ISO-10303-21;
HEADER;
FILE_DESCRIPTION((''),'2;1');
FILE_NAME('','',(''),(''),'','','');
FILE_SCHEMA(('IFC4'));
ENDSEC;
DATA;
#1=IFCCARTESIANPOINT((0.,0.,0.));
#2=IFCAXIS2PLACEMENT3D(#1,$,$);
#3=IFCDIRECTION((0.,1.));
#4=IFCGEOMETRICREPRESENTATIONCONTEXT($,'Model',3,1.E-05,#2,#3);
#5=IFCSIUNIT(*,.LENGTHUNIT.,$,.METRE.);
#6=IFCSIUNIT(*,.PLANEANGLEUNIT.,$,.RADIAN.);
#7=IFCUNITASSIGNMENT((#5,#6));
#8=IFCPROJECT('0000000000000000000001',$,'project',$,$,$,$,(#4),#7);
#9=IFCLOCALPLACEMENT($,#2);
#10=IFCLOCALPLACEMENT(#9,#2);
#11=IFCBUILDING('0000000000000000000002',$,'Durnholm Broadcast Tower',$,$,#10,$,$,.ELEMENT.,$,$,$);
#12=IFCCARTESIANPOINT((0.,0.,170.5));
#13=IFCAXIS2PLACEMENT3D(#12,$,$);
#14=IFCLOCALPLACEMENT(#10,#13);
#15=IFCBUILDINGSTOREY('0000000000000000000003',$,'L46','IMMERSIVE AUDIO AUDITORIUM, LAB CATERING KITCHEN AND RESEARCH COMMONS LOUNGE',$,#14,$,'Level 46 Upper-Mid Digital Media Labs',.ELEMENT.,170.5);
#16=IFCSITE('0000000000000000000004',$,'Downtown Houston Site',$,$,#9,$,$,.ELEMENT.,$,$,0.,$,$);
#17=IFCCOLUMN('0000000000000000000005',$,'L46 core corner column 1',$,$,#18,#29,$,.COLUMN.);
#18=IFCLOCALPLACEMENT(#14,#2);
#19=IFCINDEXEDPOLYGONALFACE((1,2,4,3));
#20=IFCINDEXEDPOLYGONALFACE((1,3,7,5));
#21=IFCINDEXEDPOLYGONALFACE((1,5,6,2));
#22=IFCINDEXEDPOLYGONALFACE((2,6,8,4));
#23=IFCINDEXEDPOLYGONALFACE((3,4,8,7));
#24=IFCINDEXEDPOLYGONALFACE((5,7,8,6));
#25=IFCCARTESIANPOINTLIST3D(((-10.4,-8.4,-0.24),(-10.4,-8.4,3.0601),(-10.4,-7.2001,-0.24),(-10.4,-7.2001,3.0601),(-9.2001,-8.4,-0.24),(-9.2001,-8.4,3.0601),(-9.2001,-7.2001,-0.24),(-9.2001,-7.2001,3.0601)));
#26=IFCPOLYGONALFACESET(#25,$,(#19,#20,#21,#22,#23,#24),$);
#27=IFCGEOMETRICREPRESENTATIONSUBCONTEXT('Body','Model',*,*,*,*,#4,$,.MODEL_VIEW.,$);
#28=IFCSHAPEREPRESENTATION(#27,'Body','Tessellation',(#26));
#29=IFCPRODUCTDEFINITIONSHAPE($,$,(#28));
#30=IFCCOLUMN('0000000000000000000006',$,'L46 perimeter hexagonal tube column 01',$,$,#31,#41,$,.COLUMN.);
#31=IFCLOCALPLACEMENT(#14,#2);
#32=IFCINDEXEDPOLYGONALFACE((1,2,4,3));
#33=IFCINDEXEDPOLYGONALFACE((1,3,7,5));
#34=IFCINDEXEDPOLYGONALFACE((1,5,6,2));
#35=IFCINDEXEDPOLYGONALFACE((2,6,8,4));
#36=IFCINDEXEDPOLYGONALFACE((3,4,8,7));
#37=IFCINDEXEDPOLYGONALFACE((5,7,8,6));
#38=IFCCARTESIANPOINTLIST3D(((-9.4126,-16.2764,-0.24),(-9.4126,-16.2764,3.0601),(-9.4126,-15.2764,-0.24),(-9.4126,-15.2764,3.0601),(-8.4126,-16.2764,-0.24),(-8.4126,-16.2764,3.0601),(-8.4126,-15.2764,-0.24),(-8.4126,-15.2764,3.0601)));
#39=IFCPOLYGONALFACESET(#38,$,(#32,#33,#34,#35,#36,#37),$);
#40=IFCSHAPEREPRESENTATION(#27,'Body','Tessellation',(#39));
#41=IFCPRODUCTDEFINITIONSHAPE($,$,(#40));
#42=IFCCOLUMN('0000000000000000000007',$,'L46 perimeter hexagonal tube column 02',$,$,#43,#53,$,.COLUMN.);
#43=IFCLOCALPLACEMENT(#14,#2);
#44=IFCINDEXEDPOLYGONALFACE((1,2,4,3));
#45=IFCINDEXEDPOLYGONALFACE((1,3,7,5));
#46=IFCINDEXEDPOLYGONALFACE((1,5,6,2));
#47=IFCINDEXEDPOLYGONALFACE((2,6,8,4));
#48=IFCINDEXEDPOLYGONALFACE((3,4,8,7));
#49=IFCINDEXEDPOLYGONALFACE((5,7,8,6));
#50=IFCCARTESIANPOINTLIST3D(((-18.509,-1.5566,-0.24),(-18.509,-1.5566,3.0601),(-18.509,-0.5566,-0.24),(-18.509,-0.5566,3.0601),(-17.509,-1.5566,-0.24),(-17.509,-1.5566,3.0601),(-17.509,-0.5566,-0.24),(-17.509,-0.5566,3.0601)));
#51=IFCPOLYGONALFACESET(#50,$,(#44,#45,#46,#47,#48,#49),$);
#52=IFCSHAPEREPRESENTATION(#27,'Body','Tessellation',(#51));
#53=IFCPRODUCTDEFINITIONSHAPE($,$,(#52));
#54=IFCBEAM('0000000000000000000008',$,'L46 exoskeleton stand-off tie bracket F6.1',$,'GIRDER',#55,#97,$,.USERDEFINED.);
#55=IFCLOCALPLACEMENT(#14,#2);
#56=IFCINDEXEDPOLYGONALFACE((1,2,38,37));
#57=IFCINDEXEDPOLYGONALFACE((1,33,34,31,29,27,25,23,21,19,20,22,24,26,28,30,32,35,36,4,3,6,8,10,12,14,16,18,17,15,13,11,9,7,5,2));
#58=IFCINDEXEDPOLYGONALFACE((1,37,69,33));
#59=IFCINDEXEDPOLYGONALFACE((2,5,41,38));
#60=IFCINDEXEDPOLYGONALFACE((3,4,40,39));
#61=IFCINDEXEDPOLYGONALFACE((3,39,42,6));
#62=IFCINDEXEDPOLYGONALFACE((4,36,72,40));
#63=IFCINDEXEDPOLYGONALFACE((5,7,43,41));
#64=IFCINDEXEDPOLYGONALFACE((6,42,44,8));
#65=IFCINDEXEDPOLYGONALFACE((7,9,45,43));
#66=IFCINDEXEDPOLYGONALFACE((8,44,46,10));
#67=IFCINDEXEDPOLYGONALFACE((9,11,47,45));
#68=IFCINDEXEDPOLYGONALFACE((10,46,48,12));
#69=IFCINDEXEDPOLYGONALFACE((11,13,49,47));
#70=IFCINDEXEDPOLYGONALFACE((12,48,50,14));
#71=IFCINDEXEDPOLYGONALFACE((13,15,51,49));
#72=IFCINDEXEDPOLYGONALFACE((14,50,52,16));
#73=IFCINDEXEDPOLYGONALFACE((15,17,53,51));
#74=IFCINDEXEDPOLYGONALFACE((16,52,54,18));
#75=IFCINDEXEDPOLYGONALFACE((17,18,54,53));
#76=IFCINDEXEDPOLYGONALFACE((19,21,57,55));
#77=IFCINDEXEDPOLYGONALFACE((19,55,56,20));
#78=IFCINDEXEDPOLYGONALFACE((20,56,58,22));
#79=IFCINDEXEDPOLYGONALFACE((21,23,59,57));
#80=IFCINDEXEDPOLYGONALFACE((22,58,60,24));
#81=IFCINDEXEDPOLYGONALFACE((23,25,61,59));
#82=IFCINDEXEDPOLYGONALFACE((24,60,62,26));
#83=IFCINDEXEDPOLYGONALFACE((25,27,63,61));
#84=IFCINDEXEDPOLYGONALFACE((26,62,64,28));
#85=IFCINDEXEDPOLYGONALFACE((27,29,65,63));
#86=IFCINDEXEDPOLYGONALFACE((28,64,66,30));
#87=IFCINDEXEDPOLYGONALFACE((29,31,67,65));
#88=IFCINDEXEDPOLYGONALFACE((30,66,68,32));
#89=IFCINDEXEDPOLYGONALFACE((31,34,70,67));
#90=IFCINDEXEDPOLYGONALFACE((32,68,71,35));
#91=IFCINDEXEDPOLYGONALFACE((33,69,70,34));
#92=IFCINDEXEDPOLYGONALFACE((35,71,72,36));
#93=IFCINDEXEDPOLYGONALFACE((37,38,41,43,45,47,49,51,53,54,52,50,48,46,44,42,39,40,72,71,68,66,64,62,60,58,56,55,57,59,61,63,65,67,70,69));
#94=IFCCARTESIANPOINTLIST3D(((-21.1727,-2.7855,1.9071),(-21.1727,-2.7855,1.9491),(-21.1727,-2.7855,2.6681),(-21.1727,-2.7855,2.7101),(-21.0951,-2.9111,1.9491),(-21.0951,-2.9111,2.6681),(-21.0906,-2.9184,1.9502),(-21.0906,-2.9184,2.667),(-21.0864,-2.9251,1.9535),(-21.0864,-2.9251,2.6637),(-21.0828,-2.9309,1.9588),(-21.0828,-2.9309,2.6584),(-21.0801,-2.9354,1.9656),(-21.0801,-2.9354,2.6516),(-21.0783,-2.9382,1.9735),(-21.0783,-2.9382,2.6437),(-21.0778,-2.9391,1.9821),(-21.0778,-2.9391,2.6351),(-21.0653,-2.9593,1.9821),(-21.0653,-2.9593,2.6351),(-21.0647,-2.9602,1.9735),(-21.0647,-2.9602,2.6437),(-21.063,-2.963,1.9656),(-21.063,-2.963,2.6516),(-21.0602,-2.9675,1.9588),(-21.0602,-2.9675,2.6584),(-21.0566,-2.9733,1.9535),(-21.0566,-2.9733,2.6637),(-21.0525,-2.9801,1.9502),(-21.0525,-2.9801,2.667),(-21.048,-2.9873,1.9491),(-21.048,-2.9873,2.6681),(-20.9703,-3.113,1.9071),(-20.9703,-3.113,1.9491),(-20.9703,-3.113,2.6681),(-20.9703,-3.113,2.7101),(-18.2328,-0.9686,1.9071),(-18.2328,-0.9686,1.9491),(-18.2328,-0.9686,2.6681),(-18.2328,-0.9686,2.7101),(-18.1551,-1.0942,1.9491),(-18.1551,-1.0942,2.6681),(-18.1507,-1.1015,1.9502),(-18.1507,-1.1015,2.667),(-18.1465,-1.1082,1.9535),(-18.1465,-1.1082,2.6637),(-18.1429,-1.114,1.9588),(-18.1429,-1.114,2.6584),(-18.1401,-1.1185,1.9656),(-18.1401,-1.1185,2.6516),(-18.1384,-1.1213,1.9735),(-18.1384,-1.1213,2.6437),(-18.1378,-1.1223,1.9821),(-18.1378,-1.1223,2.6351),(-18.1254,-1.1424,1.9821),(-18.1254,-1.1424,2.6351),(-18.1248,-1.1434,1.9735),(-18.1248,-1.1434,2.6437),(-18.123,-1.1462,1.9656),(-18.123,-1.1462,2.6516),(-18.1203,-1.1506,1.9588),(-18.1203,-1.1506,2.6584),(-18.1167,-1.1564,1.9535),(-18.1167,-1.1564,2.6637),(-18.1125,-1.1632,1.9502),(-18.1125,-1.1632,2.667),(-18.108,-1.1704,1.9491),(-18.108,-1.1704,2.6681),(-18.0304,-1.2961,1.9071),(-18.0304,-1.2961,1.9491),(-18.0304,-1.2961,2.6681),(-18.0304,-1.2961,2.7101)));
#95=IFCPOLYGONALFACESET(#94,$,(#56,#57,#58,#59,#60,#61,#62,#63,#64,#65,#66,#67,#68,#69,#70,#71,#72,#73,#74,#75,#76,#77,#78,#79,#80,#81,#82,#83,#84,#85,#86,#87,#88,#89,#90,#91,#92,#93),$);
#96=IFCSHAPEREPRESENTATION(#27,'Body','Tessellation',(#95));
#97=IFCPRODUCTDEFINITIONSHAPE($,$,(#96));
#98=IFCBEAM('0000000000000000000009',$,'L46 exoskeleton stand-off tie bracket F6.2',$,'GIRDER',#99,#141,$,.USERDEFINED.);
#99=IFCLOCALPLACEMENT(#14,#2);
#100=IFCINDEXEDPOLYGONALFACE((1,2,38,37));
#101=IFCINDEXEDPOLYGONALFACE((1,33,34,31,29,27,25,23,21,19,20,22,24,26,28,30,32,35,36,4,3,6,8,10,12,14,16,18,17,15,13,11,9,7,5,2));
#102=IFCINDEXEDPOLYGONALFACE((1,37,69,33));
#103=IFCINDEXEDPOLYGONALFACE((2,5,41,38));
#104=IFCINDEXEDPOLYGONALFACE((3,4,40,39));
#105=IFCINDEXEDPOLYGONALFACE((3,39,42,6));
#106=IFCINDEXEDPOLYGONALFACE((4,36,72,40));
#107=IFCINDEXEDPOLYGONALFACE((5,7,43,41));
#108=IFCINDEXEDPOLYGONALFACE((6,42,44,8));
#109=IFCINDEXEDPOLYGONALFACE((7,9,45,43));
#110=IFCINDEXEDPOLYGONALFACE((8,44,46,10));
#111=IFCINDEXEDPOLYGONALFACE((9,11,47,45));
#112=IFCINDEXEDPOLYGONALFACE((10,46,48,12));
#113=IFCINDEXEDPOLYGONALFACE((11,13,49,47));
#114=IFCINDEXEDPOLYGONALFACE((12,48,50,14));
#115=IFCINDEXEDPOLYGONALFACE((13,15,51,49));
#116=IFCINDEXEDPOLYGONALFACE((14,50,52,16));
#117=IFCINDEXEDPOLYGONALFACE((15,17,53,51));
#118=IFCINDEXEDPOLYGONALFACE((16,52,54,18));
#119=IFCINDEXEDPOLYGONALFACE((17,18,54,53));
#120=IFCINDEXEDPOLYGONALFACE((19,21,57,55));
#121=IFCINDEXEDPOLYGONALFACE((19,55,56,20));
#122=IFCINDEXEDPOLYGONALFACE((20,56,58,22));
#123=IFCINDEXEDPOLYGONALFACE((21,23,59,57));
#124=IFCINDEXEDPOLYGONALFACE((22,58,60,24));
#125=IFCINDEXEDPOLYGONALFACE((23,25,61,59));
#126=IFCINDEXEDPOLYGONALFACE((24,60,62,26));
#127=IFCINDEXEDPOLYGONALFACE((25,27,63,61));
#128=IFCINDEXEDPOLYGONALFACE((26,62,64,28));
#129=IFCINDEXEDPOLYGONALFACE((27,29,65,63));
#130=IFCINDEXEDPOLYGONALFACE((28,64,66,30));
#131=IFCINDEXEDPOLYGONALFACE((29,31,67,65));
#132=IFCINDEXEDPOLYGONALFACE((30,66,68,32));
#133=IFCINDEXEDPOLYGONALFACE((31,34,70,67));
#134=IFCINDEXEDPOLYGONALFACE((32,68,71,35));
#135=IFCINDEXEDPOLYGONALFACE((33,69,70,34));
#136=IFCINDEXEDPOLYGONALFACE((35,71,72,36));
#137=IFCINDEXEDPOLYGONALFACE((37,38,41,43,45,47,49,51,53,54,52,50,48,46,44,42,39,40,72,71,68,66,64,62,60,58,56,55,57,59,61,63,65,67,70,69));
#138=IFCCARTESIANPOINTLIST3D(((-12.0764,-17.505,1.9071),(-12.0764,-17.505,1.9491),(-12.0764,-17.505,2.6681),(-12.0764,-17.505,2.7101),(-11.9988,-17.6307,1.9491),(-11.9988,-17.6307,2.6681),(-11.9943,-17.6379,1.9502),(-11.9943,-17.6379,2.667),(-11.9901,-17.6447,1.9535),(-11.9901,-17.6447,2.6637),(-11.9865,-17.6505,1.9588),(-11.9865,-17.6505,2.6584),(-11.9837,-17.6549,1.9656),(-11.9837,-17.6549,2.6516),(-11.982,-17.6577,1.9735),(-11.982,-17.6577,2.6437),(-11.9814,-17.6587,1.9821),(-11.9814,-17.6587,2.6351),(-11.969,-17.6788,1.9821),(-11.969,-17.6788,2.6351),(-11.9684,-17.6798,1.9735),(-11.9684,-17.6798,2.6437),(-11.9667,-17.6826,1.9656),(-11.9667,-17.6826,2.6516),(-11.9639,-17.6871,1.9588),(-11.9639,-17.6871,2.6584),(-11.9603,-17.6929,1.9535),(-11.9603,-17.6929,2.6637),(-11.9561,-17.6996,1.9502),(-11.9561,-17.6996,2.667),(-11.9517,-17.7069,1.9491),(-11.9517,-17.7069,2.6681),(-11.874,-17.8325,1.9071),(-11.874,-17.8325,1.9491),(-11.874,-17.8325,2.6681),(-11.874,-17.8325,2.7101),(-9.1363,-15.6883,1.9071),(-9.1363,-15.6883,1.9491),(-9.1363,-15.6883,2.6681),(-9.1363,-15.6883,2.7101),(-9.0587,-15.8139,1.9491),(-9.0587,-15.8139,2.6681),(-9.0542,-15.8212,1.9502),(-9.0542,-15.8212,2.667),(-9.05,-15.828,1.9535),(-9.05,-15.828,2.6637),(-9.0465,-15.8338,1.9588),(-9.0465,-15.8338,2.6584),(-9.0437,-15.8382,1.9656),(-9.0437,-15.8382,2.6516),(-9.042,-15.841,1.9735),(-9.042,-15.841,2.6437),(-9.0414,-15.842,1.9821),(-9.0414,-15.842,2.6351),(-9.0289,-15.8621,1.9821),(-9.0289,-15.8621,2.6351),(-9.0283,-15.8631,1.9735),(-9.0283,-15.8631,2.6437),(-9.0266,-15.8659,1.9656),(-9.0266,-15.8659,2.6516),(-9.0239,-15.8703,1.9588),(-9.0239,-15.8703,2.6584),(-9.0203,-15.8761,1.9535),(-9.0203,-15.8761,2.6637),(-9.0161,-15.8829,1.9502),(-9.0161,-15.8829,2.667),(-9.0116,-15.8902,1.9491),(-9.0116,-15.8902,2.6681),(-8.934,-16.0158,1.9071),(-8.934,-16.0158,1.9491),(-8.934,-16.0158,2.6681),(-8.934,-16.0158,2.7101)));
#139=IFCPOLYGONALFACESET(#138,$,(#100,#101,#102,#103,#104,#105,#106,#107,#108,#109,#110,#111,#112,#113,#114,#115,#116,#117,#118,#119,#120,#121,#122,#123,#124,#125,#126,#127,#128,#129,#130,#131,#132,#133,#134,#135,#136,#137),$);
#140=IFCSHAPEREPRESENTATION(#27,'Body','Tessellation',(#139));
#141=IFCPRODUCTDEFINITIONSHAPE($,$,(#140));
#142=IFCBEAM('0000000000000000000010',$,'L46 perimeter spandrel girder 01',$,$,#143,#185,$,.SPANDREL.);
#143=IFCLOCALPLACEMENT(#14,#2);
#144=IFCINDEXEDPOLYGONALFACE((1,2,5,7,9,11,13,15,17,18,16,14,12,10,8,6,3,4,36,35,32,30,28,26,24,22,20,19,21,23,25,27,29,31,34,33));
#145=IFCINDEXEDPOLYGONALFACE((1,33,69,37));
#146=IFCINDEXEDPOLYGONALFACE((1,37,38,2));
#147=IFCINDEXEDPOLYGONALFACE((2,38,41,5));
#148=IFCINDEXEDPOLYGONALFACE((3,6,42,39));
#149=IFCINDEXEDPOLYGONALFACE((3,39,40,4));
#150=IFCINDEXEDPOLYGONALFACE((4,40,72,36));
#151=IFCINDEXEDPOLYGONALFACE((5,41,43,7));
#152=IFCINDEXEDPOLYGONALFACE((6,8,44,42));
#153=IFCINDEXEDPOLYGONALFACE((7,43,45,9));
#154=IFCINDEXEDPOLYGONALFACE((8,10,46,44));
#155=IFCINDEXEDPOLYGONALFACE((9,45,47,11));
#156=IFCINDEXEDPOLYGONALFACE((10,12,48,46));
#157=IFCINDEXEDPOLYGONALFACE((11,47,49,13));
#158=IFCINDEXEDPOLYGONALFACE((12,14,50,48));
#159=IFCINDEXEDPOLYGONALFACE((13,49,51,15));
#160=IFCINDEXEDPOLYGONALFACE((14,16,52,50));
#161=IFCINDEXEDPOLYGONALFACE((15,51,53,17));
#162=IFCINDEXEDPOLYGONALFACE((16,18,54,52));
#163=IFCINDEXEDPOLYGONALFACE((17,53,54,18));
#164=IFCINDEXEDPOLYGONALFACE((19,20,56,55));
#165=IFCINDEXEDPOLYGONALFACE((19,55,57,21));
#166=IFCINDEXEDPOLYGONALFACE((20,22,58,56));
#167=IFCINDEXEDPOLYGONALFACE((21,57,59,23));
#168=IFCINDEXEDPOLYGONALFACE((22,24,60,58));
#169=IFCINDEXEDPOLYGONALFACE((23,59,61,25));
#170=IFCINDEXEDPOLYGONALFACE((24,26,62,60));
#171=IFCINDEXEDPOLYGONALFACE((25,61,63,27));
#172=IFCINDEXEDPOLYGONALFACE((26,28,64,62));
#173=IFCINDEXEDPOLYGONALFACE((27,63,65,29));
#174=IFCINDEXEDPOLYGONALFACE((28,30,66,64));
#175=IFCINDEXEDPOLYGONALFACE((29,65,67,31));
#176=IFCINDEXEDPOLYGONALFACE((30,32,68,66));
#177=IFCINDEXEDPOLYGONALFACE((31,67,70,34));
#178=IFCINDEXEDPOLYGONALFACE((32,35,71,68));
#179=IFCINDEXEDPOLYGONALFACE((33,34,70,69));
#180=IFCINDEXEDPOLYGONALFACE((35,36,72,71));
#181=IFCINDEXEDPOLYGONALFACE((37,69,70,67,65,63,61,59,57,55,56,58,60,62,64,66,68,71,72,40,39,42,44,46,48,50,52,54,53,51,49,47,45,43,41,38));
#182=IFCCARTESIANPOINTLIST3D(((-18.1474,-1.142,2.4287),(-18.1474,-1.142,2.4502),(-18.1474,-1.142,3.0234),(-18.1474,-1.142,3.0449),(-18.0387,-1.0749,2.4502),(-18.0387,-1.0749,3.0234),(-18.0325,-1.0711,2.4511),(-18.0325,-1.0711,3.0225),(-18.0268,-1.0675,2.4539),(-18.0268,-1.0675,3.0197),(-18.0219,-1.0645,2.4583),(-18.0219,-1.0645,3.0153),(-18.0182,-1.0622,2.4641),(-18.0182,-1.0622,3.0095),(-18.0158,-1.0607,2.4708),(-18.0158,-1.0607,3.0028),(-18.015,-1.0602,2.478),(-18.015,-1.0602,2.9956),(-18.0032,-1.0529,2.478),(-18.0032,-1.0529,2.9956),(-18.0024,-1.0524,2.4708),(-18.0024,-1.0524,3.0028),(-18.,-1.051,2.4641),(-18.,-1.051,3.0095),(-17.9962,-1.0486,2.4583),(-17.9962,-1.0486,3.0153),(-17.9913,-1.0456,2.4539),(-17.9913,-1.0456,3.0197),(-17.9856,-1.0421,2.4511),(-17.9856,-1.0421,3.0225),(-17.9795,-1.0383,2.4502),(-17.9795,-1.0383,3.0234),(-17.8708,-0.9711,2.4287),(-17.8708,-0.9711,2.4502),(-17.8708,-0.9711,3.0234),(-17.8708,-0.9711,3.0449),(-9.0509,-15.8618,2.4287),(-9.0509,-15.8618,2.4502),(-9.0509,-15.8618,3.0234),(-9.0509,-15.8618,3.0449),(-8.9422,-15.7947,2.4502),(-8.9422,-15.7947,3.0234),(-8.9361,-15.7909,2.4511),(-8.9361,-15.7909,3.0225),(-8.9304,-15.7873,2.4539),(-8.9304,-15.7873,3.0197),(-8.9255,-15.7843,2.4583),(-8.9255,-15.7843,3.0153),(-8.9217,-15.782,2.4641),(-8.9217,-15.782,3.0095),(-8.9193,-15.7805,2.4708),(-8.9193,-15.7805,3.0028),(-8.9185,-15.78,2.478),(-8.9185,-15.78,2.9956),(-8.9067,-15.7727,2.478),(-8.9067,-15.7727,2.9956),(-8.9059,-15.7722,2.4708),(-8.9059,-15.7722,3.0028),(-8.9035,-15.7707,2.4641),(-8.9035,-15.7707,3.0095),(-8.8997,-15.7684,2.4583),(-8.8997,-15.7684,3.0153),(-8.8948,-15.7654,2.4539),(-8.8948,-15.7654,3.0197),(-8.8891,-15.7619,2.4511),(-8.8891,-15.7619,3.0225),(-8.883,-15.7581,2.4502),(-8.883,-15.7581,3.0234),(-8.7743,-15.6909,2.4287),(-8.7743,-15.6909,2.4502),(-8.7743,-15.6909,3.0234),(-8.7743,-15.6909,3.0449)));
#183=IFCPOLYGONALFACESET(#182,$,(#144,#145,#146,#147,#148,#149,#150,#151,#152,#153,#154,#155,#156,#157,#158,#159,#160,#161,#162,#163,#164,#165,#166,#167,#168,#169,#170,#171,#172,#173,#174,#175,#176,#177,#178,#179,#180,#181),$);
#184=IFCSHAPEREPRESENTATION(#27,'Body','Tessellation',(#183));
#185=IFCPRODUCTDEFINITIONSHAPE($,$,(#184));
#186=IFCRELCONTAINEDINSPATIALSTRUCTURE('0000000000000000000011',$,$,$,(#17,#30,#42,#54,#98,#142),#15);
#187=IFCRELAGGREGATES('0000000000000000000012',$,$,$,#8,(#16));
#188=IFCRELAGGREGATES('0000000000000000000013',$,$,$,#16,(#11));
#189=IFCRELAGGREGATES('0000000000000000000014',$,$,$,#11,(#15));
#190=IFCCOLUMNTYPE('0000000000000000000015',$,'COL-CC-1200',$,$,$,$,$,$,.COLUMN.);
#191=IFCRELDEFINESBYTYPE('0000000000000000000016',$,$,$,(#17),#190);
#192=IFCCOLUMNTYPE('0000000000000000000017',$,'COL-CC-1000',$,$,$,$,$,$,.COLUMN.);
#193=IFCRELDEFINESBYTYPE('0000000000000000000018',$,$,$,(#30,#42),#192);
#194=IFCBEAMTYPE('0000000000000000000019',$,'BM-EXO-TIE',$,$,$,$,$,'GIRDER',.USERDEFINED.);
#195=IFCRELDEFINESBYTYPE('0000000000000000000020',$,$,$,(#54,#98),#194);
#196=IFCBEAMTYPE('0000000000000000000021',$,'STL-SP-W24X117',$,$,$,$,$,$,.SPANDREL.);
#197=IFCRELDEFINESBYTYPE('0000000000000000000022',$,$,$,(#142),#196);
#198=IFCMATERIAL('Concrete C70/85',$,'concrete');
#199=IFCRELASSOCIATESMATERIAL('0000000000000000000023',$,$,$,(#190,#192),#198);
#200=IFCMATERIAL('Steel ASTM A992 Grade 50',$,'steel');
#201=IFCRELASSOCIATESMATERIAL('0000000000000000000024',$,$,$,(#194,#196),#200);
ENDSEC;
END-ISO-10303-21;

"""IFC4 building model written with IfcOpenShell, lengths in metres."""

from ifc_helpers import new_model, si_unit, direction, frame, origin, origin_2d, place, context, subcontext, project, spatial, rectangle, i_section, extrude, source, transform, mapped, material, material_profile, profile_set, type_object, type_shapes, element, save


model = new_model("IFC4")

# Units and contexts
model_context = context("Model", 3, precision=1e-05, world=origin(), true_north=direction((0.0, 1.0)))
body_context = subcontext(model_context, "Body", "Model", "MODEL_VIEW")
ifc_project = project(units=[si_unit("LENGTHUNIT", "METRE"), si_unit("PLANEANGLEUNIT", "RADIAN")], contexts=[model_context])

# Site, building, storey
site_placement = place(None, origin())
site = spatial("IfcSite", under=ifc_project, at=site_placement, Name="Downtown Houston Site", CompositionType="ELEMENT", RefElevation=0.0)
building_placement = place(site_placement, origin())
building = spatial("IfcBuilding", under=site, at=building_placement, Name="Durnholm Broadcast Tower", CompositionType="ELEMENT")
storey_placement = place(building_placement, frame((0.0, 0.0, 170.5)))
storey = spatial("IfcBuildingStorey", under=building, at=storey_placement, Name="L46", Description="IMMERSIVE AUDIO AUDITORIUM, LAB CATERING KITCHEN AND RESEARCH COMMONS LOUNGE", LongName="Level 46 Upper-Mid Digital Media Labs", CompositionType="ELEMENT", Elevation=170.5)

# Columns
ifc_material_1 = material(Name="Concrete C70/85", Category="concrete")
ifc_material_profile_1 = material_profile(ifc_material_1, rectangle(XDim=1.2, YDim=1.2, at=origin_2d()), Name="RC1200X1200")
ifc_profile_set_1 = profile_set([ifc_material_profile_1], Name="Concrete C70/85")
column_type_1 = type_object("IfcColumnType", Name="COL-CC-1200", PredefinedType="COLUMN", material=ifc_profile_set_1)
shared_shape_1 = source(origin(), body_context, "Body", "SweptSolid", [
    extrude(rectangle(XDim=1.2, YDim=1.2, at=origin_2d()), origin(), (0.0, 0.0, 1.0), 3.3),
])
type_shapes(column_type_1, [shared_shape_1])
column_placement = place(storey_placement, frame((-9.8, -7.8, -0.24), z_axis=(0.0, 0.0, 1.0), x_axis=(1.0, 0.0, 0.0)))
element("IfcColumn", 1, at=column_placement, inside=storey, type_object=column_type_1, Name="L46 core corner column 1", PredefinedType="COLUMN", context=body_context, shape_type="MappedRepresentation", body=[
    mapped(shared_shape_1, transform((0.0, 0.0, 0.0), x_axis=(1.0, 0.0, 0.0), y_axis=(0.0, 1.0, 0.0), z_axis=(0.0, 0.0, 1.0), scale=1.0)),
])
ifc_material_profile_2 = material_profile(ifc_material_1, rectangle(XDim=1.0, YDim=1.0, at=origin_2d()), Name="RC1000X1000")
ifc_profile_set_2 = profile_set([ifc_material_profile_2], Name="Concrete C70/85")
column_type_2 = type_object("IfcColumnType", Name="COL-CC-1000", PredefinedType="COLUMN", material=ifc_profile_set_2)
shared_shape_2 = source(origin(), body_context, "Body", "SweptSolid", [
    extrude(rectangle(XDim=1.0, YDim=1.0, at=origin_2d()), origin(), (0.0, 0.0, 1.0), 3.3),
])
type_shapes(column_type_2, [shared_shape_2])
for number, where, z_axis, x_axis, name in (
    (2, (-8.9126, -15.7764, -0.24), (0.0, 0.0, 1.0), (1.0, 0.0, 0.0), "L46 perimeter hexagonal tube column 01"),
    (3, (-18.009, -1.0566, -0.24), (0.0, 0.0, 1.0), (1.0, 0.0, 0.0), "L46 perimeter hexagonal tube column 02"),
):
    element("IfcColumn", number, at=place(storey_placement, frame(where, z_axis=z_axis, x_axis=x_axis)), inside=storey, type_object=column_type_2, Name=name, PredefinedType="COLUMN", context=body_context, shape_type="MappedRepresentation", body=[
        mapped(shared_shape_2, transform((0.0, 0.0, 0.0), x_axis=(1.0, 0.0, 0.0), y_axis=(0.0, 1.0, 0.0), z_axis=(0.0, 0.0, 1.0), scale=1.0)),
    ])

# Beams
ifc_material_2 = material(Name="Steel ASTM A992 Grade 50", Category="steel")
ifc_material_profile_3 = material_profile(ifc_material_2, i_section(OverallWidth=0.385, OverallDepth=0.803, WebThickness=0.0237, FlangeThickness=0.042, FilletRadius=0.033, at=origin_2d()), Name="W30X261")
ifc_profile_set_3 = profile_set([ifc_material_profile_3], Name="Steel ASTM A992 Grade 50")
beam_type_1 = type_object("IfcBeamType", Name="BM-EXO-TIE", ElementType="GIRDER", PredefinedType="USERDEFINED", material=ifc_profile_set_3)
shared_shape_3 = source(origin(), body_context, "Body", "SweptSolid", [
    extrude(i_section(OverallWidth=0.385, OverallDepth=0.803, WebThickness=0.0237, FlangeThickness=0.042, FilletRadius=0.033, at=origin_2d()), origin(), (0.0, 0.0, 1.0), 3.4561),
])
for number, where, z_axis, x_axis, name in (
    (4, (-18.1316, -1.1323, 2.3086), (-0.850662, -0.525712, 0.0), (0.525712, -0.850662, 0.0), "L46 exoskeleton stand-off tie bracket F6.1"),
    (5, (-9.0352, -15.8521, 2.3086), (-0.850694, -0.525661, 0.0), (0.525661, -0.850694, 0.0), "L46 exoskeleton stand-off tie bracket F6.2"),
):
    element("IfcBeam", number, at=place(storey_placement, frame(where, z_axis=z_axis, x_axis=x_axis)), inside=storey, type_object=beam_type_1, Name=name, ObjectType="GIRDER", PredefinedType="USERDEFINED", context=body_context, shape_type="MappedRepresentation", body=[
        mapped(shared_shape_3, transform((0.0, 0.0, 0.0), x_axis=(1.0, 0.0, 0.0), y_axis=(0.0, 1.0, 0.0), z_axis=(0.0, 0.0, 1.0), scale=1.0)),
    ])
ifc_material_profile_4 = material_profile(ifc_material_2, i_section(OverallWidth=0.3252, OverallDepth=0.6162, WebThickness=0.0139, FlangeThickness=0.0215, FilletRadius=0.0278, at=origin_2d()), Name="W24X117")
ifc_profile_set_4 = profile_set([ifc_material_profile_4], Name="Steel ASTM A992 Grade 50")
beam_type_2 = type_object("IfcBeamType", Name="STL-SP-W24X117", PredefinedType="SPANDREL", material=ifc_profile_set_4)
shared_shape_4 = source(origin(), body_context, "Body", "SweptSolid", [
    extrude(i_section(OverallWidth=0.3252, OverallDepth=0.6162, WebThickness=0.0139, FlangeThickness=0.0215, FilletRadius=0.0278, at=origin_2d()), origin(), (0.0, 0.0, 1.0), 17.3037),
])
beam_1_placement = place(storey_placement, frame((-8.9126, -15.7764, 2.7368), z_axis=(-0.525695, 0.850673, 0.0), x_axis=(-0.850673, -0.525695, 0.0)))
element("IfcBeam", 6, at=beam_1_placement, inside=storey, type_object=beam_type_2, Name="L46 perimeter spandrel girder 01", PredefinedType="SPANDREL", context=body_context, shape_type="MappedRepresentation", body=[
    mapped(shared_shape_4, transform((0.0, 0.0, 0.0), x_axis=(1.0, 0.0, 0.0), y_axis=(0.0, 1.0, 0.0), z_axis=(0.0, 0.0, 1.0), scale=1.0)),
])

save(model, "model.ifc")
